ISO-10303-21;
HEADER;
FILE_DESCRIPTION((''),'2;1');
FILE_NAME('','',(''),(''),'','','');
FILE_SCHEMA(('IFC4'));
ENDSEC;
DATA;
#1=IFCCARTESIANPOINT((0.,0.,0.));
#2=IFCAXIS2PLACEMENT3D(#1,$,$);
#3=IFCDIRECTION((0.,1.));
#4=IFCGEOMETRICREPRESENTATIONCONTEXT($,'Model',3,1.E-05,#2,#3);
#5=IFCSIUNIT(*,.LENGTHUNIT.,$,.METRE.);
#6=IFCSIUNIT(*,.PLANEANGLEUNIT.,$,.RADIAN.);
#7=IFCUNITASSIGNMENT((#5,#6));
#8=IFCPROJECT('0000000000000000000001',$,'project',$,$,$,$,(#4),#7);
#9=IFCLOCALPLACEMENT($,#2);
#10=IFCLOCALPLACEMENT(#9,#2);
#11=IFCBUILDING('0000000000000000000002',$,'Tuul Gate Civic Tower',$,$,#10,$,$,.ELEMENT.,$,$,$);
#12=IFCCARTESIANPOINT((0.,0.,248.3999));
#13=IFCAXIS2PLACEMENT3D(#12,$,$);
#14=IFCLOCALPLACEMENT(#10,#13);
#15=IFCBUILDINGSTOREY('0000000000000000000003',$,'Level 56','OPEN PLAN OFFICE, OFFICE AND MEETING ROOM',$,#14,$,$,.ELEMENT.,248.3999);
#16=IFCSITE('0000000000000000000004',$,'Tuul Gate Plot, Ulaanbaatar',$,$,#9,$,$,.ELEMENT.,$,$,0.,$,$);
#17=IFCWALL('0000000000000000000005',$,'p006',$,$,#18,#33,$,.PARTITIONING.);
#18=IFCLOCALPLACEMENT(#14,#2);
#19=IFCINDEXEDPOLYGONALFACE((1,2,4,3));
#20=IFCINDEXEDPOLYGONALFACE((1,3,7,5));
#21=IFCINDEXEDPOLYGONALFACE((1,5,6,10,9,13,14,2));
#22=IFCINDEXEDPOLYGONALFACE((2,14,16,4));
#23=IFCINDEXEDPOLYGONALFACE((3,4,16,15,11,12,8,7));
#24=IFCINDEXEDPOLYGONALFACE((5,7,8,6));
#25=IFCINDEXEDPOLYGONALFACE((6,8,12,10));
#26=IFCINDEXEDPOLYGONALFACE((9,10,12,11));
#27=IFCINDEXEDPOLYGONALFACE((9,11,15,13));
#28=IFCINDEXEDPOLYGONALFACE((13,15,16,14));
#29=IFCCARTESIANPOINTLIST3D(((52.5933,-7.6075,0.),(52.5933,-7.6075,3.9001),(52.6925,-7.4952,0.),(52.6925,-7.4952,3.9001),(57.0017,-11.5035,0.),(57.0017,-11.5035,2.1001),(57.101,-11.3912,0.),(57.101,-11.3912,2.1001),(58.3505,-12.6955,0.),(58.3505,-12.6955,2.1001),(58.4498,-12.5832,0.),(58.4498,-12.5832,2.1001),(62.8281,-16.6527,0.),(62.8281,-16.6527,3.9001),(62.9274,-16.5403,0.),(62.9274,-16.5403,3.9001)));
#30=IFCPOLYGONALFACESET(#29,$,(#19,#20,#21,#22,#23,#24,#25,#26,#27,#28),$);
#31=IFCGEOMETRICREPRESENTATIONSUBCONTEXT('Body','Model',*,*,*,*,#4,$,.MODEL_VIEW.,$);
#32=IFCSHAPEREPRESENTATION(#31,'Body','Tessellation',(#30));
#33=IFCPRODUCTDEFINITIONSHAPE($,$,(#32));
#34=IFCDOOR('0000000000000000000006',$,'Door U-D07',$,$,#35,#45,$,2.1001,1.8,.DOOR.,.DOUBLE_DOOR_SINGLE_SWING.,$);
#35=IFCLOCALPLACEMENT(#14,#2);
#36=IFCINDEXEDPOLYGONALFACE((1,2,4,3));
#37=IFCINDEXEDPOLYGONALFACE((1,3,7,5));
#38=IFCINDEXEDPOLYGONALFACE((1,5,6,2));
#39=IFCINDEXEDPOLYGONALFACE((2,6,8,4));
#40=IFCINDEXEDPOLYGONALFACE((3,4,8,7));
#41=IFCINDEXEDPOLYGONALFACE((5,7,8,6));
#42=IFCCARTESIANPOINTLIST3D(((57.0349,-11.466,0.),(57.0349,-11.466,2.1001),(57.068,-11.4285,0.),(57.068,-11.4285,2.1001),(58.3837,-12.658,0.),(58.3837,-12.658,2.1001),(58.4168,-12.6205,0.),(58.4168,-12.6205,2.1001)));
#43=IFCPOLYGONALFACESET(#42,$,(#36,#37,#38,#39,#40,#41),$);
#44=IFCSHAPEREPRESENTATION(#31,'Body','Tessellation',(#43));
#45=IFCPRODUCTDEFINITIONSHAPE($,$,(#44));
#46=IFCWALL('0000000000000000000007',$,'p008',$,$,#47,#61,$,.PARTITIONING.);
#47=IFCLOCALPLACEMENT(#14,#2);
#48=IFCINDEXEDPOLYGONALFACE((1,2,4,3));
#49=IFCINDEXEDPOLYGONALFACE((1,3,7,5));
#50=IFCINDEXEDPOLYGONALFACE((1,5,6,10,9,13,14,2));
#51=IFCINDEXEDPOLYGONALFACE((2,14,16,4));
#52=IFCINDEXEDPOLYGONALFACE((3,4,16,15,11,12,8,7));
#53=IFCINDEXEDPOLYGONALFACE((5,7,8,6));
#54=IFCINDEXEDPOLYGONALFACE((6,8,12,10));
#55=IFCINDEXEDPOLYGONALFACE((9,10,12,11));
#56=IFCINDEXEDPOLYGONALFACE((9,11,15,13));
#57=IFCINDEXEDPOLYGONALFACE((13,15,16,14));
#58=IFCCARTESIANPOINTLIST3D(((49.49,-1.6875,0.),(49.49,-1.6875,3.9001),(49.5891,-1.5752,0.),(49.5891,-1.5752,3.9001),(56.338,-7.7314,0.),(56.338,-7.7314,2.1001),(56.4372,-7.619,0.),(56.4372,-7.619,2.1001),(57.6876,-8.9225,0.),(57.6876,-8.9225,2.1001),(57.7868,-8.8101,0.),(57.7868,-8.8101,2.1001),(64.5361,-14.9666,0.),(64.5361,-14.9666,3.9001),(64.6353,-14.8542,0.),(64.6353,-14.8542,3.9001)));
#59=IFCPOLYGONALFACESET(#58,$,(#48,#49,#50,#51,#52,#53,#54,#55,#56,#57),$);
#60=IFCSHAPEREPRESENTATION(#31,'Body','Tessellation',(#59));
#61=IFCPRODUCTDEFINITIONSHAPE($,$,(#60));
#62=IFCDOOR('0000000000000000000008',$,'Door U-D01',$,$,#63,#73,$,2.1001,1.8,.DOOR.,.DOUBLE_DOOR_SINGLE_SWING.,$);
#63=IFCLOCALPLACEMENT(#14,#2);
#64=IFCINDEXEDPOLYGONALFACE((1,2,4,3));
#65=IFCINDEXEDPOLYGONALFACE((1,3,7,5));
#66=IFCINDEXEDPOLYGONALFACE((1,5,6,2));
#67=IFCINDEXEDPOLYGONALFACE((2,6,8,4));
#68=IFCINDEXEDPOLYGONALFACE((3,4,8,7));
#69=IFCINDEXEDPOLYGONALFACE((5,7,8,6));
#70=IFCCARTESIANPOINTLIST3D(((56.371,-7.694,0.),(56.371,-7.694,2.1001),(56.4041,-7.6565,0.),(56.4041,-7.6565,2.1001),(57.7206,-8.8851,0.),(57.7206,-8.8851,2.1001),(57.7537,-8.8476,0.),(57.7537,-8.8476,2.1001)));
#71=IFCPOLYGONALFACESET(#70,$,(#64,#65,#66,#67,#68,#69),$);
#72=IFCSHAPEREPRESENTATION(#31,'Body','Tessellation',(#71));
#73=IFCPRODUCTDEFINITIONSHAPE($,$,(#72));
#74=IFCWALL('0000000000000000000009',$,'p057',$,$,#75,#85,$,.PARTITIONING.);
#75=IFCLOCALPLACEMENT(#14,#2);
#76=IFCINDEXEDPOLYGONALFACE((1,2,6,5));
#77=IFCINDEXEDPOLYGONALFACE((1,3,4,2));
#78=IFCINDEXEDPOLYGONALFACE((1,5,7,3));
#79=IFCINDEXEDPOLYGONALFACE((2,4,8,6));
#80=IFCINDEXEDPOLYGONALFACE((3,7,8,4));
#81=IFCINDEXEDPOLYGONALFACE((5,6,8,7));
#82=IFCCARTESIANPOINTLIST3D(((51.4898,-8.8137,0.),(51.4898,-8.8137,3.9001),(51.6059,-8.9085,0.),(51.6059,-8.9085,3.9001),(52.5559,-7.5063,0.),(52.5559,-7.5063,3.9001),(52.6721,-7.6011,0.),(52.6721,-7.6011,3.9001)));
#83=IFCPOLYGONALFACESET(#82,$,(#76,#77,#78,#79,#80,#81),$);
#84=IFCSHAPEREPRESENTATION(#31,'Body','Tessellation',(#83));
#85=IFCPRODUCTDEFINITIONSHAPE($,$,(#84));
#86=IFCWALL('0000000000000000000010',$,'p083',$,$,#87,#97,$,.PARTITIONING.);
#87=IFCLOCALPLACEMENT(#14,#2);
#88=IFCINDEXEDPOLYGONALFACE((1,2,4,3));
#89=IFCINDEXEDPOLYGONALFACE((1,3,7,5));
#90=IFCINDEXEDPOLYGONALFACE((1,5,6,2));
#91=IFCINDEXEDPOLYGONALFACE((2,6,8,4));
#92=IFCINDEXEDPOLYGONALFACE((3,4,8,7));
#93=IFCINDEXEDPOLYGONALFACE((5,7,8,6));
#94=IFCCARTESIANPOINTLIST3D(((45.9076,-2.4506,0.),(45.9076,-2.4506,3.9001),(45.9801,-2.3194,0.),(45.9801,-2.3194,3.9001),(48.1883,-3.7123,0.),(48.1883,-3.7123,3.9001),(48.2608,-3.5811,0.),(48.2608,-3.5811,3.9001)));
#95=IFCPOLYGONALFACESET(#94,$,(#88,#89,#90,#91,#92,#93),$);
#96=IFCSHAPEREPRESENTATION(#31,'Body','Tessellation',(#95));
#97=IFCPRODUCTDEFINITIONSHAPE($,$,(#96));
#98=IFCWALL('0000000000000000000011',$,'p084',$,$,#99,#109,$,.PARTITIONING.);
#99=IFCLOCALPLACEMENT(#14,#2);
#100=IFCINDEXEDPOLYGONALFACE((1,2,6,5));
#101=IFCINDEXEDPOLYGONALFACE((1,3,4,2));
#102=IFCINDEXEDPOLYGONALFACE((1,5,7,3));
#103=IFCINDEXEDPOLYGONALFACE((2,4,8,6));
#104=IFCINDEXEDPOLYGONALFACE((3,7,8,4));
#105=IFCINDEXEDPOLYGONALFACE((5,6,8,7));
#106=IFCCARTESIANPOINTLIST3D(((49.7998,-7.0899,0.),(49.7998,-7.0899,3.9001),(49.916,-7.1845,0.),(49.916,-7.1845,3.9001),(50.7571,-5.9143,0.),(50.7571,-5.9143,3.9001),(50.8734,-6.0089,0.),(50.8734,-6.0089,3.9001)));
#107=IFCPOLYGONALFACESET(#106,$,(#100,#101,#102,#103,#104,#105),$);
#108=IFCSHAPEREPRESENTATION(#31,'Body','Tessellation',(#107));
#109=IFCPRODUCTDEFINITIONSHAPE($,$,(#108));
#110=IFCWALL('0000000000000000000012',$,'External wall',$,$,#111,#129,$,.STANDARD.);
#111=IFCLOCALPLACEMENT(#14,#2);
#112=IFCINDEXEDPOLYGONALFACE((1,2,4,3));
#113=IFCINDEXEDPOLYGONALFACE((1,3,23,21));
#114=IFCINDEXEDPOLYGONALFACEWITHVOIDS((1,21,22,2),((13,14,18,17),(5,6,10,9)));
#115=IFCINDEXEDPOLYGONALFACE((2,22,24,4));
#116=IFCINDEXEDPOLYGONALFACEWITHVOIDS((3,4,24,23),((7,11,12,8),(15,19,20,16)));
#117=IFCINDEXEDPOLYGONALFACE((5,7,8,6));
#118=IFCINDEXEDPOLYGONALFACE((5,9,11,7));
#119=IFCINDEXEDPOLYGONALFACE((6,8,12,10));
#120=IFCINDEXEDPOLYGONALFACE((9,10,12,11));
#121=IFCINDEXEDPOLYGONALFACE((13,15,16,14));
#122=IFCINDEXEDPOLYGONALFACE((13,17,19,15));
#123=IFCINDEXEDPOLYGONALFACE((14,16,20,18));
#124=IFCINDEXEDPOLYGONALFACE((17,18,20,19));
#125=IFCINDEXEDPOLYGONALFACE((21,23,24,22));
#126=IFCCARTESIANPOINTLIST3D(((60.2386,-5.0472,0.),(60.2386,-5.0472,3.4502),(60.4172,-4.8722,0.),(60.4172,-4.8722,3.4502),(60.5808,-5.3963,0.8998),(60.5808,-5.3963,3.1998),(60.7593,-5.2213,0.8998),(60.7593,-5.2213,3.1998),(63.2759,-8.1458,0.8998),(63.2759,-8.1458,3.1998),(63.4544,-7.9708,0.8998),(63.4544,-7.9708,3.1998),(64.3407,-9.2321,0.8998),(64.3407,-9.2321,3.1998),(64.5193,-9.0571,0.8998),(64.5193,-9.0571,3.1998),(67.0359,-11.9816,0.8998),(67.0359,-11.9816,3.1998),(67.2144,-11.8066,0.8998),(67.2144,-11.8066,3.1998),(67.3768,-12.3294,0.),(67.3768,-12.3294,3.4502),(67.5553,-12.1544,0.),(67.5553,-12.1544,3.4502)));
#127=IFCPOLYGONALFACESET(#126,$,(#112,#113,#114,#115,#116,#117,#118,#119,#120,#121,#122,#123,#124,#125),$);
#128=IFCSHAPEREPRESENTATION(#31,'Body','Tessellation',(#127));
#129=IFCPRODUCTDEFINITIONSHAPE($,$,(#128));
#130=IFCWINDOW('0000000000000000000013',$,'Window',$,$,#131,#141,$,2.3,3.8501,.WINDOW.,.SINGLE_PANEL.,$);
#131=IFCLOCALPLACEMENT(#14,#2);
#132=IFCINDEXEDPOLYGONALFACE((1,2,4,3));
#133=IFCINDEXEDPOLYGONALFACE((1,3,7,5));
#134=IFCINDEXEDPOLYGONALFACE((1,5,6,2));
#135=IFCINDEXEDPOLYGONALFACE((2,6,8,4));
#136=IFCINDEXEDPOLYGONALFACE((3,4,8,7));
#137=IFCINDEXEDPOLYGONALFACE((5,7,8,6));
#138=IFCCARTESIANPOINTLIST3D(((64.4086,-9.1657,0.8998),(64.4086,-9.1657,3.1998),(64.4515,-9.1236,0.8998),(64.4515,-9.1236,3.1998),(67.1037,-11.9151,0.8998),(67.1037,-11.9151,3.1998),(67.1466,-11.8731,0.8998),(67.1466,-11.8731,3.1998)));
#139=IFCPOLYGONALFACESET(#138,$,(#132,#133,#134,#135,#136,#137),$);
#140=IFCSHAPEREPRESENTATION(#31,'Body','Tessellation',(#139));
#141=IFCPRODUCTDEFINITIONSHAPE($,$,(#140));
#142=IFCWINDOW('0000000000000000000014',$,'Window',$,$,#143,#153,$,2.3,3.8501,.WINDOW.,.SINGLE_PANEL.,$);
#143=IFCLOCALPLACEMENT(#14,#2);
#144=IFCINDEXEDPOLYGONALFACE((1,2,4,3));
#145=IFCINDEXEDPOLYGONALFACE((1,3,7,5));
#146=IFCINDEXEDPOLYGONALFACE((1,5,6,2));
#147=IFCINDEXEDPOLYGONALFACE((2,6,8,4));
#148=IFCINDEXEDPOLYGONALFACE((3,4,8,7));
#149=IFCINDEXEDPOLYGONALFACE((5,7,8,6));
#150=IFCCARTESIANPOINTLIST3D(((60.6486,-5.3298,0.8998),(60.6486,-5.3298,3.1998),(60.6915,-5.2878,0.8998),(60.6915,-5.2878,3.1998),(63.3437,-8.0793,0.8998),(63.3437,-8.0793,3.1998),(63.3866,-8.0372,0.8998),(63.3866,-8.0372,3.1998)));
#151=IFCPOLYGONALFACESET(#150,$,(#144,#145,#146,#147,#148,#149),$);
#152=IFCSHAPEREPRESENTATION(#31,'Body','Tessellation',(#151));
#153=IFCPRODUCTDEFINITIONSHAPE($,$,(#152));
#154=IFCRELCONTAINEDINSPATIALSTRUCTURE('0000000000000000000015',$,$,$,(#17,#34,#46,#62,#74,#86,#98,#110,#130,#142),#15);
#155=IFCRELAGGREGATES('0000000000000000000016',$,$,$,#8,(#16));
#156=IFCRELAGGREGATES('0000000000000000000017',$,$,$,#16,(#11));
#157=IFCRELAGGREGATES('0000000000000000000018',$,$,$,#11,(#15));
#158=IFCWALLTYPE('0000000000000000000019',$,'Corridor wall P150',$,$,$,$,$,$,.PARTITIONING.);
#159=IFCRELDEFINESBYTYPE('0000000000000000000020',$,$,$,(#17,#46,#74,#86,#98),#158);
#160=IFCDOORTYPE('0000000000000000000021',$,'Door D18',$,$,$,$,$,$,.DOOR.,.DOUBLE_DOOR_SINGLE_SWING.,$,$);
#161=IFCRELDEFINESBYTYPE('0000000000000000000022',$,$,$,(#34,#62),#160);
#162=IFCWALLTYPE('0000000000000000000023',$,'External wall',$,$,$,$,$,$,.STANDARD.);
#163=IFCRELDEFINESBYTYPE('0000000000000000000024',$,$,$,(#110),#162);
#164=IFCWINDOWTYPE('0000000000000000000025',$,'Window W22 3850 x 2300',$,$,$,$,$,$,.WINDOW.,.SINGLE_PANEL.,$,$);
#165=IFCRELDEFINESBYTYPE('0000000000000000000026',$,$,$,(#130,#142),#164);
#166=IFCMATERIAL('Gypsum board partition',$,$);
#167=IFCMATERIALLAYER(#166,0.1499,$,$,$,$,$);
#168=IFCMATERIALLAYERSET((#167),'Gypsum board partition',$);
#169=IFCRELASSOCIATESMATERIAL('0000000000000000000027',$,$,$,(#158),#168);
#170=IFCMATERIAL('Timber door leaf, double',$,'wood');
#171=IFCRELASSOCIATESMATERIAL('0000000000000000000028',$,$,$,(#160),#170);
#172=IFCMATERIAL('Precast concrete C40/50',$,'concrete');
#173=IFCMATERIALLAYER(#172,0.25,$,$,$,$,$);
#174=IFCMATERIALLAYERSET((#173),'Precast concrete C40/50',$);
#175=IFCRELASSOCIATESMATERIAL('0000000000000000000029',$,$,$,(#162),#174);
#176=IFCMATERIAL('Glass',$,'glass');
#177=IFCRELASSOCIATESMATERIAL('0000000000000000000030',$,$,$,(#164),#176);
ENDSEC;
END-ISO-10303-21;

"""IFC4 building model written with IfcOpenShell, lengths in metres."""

from ifc_helpers import new_model, si_unit, direction, frame, frame_2d, origin, place, context, subcontext, project, spatial, rectangle, extrude, material, layer, layer_set, type_object, element, fill, save


model = new_model("IFC4")

# Units and contexts
model_context = context("Model", 3, precision=1e-05, world=origin(), true_north=direction((0.0, 1.0)))
body_context = subcontext(model_context, "Body", "Model", "MODEL_VIEW")
ifc_project = project(units=[si_unit("LENGTHUNIT", "METRE"), si_unit("PLANEANGLEUNIT", "RADIAN")], contexts=[model_context])

# Site, building, storey
site_placement = place(None, origin())
site = spatial("IfcSite", under=ifc_project, at=site_placement, Name="Tuul Gate Plot, Ulaanbaatar", CompositionType="ELEMENT", RefElevation=0.0)
building_placement = place(site_placement, origin())
building = spatial("IfcBuilding", under=site, at=building_placement, Name="Tuul Gate Civic Tower", CompositionType="ELEMENT")
storey_placement = place(building_placement, frame((0.0, 0.0, 248.3999)))
storey = spatial("IfcBuildingStorey", under=building, at=storey_placement, Name="Level 56", Description="OPEN PLAN OFFICE, OFFICE AND MEETING ROOM", CompositionType="ELEMENT", Elevation=248.3999)

# Shared definitions
ifc_material_1 = material(Name="Gypsum board partition")
ifc_layer_1 = layer(ifc_material_1, 0.1499)
ifc_layer_set_1 = layer_set([ifc_layer_1], Name="Gypsum board partition")
wall_type_1 = type_object("IfcWallType", Name="Corridor wall P150", PredefinedType="PARTITIONING", material=ifc_layer_set_1)

# Walls, openings, doors
wall_1_placement = place(storey_placement, frame((52.6428, -7.5513, 0.0), z_axis=(0.0, 0.0, 1.0), x_axis=(0.749314, -0.662214, 0.0)))
wall_1 = element("IfcWall", 1, at=wall_1_placement, inside=storey, type_object=wall_type_1, Name="p006", PredefinedType="PARTITIONING", context=body_context, shape_type="SweptSolid", body=[
    extrude(rectangle(XDim=13.6589, YDim=0.1499, at=frame_2d((6.8296, 0.0))), origin(), (0.0, 0.0, 1.0), 3.9001),
])
opening_1_placement = place(wall_1_placement, frame((5.8835, 0.0, 0.0)))
opening_1 = element("IfcOpeningElement", 2, at=opening_1_placement, cuts=wall_1, PredefinedType="OPENING", context=body_context, shape_type="SweptSolid", body=[
    extrude(rectangle(XDim=1.8, YDim=2.1001, at=frame_2d((0.8999, 1.05))), frame((0.0, 0.085, 0.0), z_axis=(0.0, -1.0, 0.0), x_axis=(1.0, 0.0, 0.0)), (0.0, 0.0, 1.0), 0.1699),
])
ifc_material_2 = material(Name="Timber door leaf, double", Category="wood")
door_type_1 = type_object("IfcDoorType", Name="Door D18", OperationType="DOUBLE_DOOR_SINGLE_SWING", PredefinedType="DOOR", material=ifc_material_2)
door_1_placement = place(opening_1_placement, frame((1.8, 0.0, 0.0), z_axis=(0.0, 0.0, 1.0), x_axis=(-1.0, 0.0, 0.0)))
door_1 = element("IfcDoor", 3, at=door_1_placement, inside=storey, type_object=door_type_1, Name="Door U-D07", OperationType="DOUBLE_DOOR_SINGLE_SWING", OverallHeight=2.1001, OverallWidth=1.8, PredefinedType="DOOR", context=body_context, shape_type="SweptSolid", body=[
    extrude(rectangle(XDim=1.8, YDim=2.1001, at=frame_2d((0.9001, 1.05))), frame((0.0, 0.0249, 0.0), z_axis=(0.0, -1.0, 0.0), x_axis=(1.0, 0.0, 0.0)), (0.0, 0.0, 1.0), 0.05),
])
fill(opening_1, door_1)
wall_2_placement = place(storey_placement, frame((49.5396, -1.6313, 0.0), z_axis=(0.0, 0.0, 1.0), x_axis=(0.749763, -0.661707, 0.0)))
wall_2 = element("IfcWall", 4, at=wall_2_placement, inside=storey, type_object=wall_type_1, Name="p008", PredefinedType="PARTITIONING", context=body_context, shape_type="SweptSolid", body=[
    extrude(rectangle(XDim=20.0679, YDim=0.1499, at=frame_2d((10.0339, 0.0))), origin(), (0.0, 0.0, 1.0), 3.9001),
])
opening_2_placement = place(wall_2_placement, frame((9.1338, 0.0, 0.0)))
opening_2 = element("IfcOpeningElement", 5, at=opening_2_placement, cuts=wall_2, PredefinedType="OPENING", context=body_context, shape_type="SweptSolid", body=[
    extrude(rectangle(XDim=1.8, YDim=2.1001, at=frame_2d((0.8999, 1.05))), frame((0.0, 0.085, 0.0), z_axis=(0.0, -1.0, 0.0), x_axis=(1.0, 0.0, 0.0)), (0.0, 0.0, 1.0), 0.1699),
])
door_2_placement = place(opening_2_placement, origin())
door_2 = element("IfcDoor", 6, at=door_2_placement, inside=storey, type_object=door_type_1, Name="Door U-D01", OperationType="DOUBLE_DOOR_SINGLE_SWING", OverallHeight=2.1001, OverallWidth=1.8, PredefinedType="DOOR", context=body_context, shape_type="SweptSolid", body=[
    extrude(rectangle(XDim=1.8, YDim=2.1001, at=frame_2d((0.8999, 1.05))), frame((0.0, 0.0249, 0.0), z_axis=(0.0, -1.0, 0.0), x_axis=(1.0, 0.0, 0.0)), (0.0, 0.0, 1.0), 0.05),
])
fill(opening_2, door_2)

# Walls
wall_3_placement = place(storey_placement, frame((51.5479, -8.8611, 0.0), z_axis=(0.0, 0.0, 1.0), x_axis=(0.631992, 0.774975, 0.0)))
element("IfcWall", 7, at=wall_3_placement, inside=storey, type_object=wall_type_1, Name="p057", PredefinedType="PARTITIONING", context=body_context, shape_type="SweptSolid", body=[
    extrude(rectangle(XDim=1.687, YDim=0.1499, at=frame_2d((0.8435, 0.0))), origin(), (0.0, 0.0, 1.0), 3.9001),
])
wall_4_placement = place(storey_placement, frame((45.9438, -2.385, 0.0), z_axis=(0.0, 0.0, 1.0), x_axis=(0.875031, -0.484067, 0.0)))
element("IfcWall", 8, at=wall_4_placement, inside=storey, type_object=wall_type_1, Name="p083", PredefinedType="PARTITIONING", context=body_context, shape_type="SweptSolid", body=[
    extrude(rectangle(XDim=2.6064, YDim=0.1499, at=frame_2d((1.3032, 0.0))), origin(), (0.0, 0.0, 1.0), 3.9001),
])
wall_5_placement = place(storey_placement, frame((49.8579, -7.1372, 0.0), z_axis=(0.0, 0.0, 1.0), x_axis=(0.631447, 0.775419, 0.0)))
element("IfcWall", 9, at=wall_5_placement, inside=storey, type_object=wall_type_1, Name="p084", PredefinedType="PARTITIONING", context=body_context, shape_type="SweptSolid", body=[
    extrude(rectangle(XDim=1.5161, YDim=0.1499, at=frame_2d((0.7581, 0.0))), origin(), (0.0, 0.0, 1.0), 3.9001),
])

# Wall, openings, windows
ifc_material_3 = material(Name="Precast concrete C40/50", Category="concrete")
ifc_layer_2 = layer(ifc_material_3, 0.25)
ifc_layer_set_2 = layer_set([ifc_layer_2], Name="Precast concrete C40/50")
wall_type_2 = type_object("IfcWallType", Name="External wall", PredefinedType="STANDARD", material=ifc_layer_set_2)
wall_6_placement = place(storey_placement, frame((67.4661, -12.2419, 0.0), z_axis=(0.0, 0.0, 1.0), x_axis=(-0.700009, 0.714134, 0.0)))
wall_6 = element("IfcWall", 10, at=wall_6_placement, inside=storey, type_object=wall_type_2, Name="External wall", PredefinedType="STANDARD", context=body_context, shape_type="SweptSolid", body=[
    extrude(rectangle(XDim=10.1973, YDim=0.25, at=frame_2d((5.0986, 0.0))), origin(), (0.0, 0.0, 1.0), 3.4502),
])
opening_3_placement = place(wall_6_placement, frame((0.4871, 0.0, 0.8999)))
opening_3 = element("IfcOpeningElement", 11, at=opening_3_placement, cuts=wall_6, PredefinedType="OPENING", context=body_context, shape_type="SweptSolid", body=[
    extrude(rectangle(XDim=3.8501, YDim=2.3, at=frame_2d((1.925, 1.1499))), frame((0.0, 0.135, 0.0), z_axis=(0.0, -1.0, 0.0), x_axis=(1.0, 0.0, 0.0)), (0.0, 0.0, 1.0), 0.27),
])
opening_4_placement = place(wall_6_placement, frame((5.8584, 0.0, 0.8999)))
opening_4 = element("IfcOpeningElement", 12, at=opening_4_placement, cuts=wall_6, PredefinedType="OPENING", context=body_context, shape_type="SweptSolid", body=[
    extrude(rectangle(XDim=3.8501, YDim=2.3, at=frame_2d((1.925, 1.1499))), frame((0.0, 0.135, 0.0), z_axis=(0.0, -1.0, 0.0), x_axis=(1.0, 0.0, 0.0)), (0.0, 0.0, 1.0), 0.27),
])
ifc_material_4 = material(Name="Glass", Category="glass")
window_type = type_object("IfcWindowType", Name="Window W22 3850 x 2300", PartitioningType="SINGLE_PANEL", PredefinedType="WINDOW", material=ifc_material_4)
window_1_placement = place(opening_3_placement, origin())
window_1 = element("IfcWindow", 13, at=window_1_placement, inside=storey, type_object=window_type, Name="Window", OverallHeight=2.3, OverallWidth=3.8501, PartitioningType="SINGLE_PANEL", PredefinedType="WINDOW", context=body_context, shape_type="SweptSolid", body=[
    extrude(rectangle(XDim=3.8501, YDim=2.3, at=frame_2d((1.925, 1.1499))), frame((0.0, 0.03, 0.0), z_axis=(0.0, -1.0, 0.0), x_axis=(1.0, 0.0, 0.0)), (0.0, 0.0, 1.0), 0.0601),
])
fill(opening_3, window_1)
window_2_placement = place(opening_4_placement, origin())
window_2 = element("IfcWindow", 14, at=window_2_placement, inside=storey, type_object=window_type, Name="Window", OverallHeight=2.3, OverallWidth=3.8501, PartitioningType="SINGLE_PANEL", PredefinedType="WINDOW", context=body_context, shape_type="SweptSolid", body=[
    extrude(rectangle(XDim=3.8501, YDim=2.3, at=frame_2d((1.925, 1.1499))), frame((0.0, 0.03, 0.0), z_axis=(0.0, -1.0, 0.0), x_axis=(1.0, 0.0, 0.0)), (0.0, 0.0, 1.0), 0.0601),
])
fill(opening_4, window_2)

save(model, "model.ifc")
